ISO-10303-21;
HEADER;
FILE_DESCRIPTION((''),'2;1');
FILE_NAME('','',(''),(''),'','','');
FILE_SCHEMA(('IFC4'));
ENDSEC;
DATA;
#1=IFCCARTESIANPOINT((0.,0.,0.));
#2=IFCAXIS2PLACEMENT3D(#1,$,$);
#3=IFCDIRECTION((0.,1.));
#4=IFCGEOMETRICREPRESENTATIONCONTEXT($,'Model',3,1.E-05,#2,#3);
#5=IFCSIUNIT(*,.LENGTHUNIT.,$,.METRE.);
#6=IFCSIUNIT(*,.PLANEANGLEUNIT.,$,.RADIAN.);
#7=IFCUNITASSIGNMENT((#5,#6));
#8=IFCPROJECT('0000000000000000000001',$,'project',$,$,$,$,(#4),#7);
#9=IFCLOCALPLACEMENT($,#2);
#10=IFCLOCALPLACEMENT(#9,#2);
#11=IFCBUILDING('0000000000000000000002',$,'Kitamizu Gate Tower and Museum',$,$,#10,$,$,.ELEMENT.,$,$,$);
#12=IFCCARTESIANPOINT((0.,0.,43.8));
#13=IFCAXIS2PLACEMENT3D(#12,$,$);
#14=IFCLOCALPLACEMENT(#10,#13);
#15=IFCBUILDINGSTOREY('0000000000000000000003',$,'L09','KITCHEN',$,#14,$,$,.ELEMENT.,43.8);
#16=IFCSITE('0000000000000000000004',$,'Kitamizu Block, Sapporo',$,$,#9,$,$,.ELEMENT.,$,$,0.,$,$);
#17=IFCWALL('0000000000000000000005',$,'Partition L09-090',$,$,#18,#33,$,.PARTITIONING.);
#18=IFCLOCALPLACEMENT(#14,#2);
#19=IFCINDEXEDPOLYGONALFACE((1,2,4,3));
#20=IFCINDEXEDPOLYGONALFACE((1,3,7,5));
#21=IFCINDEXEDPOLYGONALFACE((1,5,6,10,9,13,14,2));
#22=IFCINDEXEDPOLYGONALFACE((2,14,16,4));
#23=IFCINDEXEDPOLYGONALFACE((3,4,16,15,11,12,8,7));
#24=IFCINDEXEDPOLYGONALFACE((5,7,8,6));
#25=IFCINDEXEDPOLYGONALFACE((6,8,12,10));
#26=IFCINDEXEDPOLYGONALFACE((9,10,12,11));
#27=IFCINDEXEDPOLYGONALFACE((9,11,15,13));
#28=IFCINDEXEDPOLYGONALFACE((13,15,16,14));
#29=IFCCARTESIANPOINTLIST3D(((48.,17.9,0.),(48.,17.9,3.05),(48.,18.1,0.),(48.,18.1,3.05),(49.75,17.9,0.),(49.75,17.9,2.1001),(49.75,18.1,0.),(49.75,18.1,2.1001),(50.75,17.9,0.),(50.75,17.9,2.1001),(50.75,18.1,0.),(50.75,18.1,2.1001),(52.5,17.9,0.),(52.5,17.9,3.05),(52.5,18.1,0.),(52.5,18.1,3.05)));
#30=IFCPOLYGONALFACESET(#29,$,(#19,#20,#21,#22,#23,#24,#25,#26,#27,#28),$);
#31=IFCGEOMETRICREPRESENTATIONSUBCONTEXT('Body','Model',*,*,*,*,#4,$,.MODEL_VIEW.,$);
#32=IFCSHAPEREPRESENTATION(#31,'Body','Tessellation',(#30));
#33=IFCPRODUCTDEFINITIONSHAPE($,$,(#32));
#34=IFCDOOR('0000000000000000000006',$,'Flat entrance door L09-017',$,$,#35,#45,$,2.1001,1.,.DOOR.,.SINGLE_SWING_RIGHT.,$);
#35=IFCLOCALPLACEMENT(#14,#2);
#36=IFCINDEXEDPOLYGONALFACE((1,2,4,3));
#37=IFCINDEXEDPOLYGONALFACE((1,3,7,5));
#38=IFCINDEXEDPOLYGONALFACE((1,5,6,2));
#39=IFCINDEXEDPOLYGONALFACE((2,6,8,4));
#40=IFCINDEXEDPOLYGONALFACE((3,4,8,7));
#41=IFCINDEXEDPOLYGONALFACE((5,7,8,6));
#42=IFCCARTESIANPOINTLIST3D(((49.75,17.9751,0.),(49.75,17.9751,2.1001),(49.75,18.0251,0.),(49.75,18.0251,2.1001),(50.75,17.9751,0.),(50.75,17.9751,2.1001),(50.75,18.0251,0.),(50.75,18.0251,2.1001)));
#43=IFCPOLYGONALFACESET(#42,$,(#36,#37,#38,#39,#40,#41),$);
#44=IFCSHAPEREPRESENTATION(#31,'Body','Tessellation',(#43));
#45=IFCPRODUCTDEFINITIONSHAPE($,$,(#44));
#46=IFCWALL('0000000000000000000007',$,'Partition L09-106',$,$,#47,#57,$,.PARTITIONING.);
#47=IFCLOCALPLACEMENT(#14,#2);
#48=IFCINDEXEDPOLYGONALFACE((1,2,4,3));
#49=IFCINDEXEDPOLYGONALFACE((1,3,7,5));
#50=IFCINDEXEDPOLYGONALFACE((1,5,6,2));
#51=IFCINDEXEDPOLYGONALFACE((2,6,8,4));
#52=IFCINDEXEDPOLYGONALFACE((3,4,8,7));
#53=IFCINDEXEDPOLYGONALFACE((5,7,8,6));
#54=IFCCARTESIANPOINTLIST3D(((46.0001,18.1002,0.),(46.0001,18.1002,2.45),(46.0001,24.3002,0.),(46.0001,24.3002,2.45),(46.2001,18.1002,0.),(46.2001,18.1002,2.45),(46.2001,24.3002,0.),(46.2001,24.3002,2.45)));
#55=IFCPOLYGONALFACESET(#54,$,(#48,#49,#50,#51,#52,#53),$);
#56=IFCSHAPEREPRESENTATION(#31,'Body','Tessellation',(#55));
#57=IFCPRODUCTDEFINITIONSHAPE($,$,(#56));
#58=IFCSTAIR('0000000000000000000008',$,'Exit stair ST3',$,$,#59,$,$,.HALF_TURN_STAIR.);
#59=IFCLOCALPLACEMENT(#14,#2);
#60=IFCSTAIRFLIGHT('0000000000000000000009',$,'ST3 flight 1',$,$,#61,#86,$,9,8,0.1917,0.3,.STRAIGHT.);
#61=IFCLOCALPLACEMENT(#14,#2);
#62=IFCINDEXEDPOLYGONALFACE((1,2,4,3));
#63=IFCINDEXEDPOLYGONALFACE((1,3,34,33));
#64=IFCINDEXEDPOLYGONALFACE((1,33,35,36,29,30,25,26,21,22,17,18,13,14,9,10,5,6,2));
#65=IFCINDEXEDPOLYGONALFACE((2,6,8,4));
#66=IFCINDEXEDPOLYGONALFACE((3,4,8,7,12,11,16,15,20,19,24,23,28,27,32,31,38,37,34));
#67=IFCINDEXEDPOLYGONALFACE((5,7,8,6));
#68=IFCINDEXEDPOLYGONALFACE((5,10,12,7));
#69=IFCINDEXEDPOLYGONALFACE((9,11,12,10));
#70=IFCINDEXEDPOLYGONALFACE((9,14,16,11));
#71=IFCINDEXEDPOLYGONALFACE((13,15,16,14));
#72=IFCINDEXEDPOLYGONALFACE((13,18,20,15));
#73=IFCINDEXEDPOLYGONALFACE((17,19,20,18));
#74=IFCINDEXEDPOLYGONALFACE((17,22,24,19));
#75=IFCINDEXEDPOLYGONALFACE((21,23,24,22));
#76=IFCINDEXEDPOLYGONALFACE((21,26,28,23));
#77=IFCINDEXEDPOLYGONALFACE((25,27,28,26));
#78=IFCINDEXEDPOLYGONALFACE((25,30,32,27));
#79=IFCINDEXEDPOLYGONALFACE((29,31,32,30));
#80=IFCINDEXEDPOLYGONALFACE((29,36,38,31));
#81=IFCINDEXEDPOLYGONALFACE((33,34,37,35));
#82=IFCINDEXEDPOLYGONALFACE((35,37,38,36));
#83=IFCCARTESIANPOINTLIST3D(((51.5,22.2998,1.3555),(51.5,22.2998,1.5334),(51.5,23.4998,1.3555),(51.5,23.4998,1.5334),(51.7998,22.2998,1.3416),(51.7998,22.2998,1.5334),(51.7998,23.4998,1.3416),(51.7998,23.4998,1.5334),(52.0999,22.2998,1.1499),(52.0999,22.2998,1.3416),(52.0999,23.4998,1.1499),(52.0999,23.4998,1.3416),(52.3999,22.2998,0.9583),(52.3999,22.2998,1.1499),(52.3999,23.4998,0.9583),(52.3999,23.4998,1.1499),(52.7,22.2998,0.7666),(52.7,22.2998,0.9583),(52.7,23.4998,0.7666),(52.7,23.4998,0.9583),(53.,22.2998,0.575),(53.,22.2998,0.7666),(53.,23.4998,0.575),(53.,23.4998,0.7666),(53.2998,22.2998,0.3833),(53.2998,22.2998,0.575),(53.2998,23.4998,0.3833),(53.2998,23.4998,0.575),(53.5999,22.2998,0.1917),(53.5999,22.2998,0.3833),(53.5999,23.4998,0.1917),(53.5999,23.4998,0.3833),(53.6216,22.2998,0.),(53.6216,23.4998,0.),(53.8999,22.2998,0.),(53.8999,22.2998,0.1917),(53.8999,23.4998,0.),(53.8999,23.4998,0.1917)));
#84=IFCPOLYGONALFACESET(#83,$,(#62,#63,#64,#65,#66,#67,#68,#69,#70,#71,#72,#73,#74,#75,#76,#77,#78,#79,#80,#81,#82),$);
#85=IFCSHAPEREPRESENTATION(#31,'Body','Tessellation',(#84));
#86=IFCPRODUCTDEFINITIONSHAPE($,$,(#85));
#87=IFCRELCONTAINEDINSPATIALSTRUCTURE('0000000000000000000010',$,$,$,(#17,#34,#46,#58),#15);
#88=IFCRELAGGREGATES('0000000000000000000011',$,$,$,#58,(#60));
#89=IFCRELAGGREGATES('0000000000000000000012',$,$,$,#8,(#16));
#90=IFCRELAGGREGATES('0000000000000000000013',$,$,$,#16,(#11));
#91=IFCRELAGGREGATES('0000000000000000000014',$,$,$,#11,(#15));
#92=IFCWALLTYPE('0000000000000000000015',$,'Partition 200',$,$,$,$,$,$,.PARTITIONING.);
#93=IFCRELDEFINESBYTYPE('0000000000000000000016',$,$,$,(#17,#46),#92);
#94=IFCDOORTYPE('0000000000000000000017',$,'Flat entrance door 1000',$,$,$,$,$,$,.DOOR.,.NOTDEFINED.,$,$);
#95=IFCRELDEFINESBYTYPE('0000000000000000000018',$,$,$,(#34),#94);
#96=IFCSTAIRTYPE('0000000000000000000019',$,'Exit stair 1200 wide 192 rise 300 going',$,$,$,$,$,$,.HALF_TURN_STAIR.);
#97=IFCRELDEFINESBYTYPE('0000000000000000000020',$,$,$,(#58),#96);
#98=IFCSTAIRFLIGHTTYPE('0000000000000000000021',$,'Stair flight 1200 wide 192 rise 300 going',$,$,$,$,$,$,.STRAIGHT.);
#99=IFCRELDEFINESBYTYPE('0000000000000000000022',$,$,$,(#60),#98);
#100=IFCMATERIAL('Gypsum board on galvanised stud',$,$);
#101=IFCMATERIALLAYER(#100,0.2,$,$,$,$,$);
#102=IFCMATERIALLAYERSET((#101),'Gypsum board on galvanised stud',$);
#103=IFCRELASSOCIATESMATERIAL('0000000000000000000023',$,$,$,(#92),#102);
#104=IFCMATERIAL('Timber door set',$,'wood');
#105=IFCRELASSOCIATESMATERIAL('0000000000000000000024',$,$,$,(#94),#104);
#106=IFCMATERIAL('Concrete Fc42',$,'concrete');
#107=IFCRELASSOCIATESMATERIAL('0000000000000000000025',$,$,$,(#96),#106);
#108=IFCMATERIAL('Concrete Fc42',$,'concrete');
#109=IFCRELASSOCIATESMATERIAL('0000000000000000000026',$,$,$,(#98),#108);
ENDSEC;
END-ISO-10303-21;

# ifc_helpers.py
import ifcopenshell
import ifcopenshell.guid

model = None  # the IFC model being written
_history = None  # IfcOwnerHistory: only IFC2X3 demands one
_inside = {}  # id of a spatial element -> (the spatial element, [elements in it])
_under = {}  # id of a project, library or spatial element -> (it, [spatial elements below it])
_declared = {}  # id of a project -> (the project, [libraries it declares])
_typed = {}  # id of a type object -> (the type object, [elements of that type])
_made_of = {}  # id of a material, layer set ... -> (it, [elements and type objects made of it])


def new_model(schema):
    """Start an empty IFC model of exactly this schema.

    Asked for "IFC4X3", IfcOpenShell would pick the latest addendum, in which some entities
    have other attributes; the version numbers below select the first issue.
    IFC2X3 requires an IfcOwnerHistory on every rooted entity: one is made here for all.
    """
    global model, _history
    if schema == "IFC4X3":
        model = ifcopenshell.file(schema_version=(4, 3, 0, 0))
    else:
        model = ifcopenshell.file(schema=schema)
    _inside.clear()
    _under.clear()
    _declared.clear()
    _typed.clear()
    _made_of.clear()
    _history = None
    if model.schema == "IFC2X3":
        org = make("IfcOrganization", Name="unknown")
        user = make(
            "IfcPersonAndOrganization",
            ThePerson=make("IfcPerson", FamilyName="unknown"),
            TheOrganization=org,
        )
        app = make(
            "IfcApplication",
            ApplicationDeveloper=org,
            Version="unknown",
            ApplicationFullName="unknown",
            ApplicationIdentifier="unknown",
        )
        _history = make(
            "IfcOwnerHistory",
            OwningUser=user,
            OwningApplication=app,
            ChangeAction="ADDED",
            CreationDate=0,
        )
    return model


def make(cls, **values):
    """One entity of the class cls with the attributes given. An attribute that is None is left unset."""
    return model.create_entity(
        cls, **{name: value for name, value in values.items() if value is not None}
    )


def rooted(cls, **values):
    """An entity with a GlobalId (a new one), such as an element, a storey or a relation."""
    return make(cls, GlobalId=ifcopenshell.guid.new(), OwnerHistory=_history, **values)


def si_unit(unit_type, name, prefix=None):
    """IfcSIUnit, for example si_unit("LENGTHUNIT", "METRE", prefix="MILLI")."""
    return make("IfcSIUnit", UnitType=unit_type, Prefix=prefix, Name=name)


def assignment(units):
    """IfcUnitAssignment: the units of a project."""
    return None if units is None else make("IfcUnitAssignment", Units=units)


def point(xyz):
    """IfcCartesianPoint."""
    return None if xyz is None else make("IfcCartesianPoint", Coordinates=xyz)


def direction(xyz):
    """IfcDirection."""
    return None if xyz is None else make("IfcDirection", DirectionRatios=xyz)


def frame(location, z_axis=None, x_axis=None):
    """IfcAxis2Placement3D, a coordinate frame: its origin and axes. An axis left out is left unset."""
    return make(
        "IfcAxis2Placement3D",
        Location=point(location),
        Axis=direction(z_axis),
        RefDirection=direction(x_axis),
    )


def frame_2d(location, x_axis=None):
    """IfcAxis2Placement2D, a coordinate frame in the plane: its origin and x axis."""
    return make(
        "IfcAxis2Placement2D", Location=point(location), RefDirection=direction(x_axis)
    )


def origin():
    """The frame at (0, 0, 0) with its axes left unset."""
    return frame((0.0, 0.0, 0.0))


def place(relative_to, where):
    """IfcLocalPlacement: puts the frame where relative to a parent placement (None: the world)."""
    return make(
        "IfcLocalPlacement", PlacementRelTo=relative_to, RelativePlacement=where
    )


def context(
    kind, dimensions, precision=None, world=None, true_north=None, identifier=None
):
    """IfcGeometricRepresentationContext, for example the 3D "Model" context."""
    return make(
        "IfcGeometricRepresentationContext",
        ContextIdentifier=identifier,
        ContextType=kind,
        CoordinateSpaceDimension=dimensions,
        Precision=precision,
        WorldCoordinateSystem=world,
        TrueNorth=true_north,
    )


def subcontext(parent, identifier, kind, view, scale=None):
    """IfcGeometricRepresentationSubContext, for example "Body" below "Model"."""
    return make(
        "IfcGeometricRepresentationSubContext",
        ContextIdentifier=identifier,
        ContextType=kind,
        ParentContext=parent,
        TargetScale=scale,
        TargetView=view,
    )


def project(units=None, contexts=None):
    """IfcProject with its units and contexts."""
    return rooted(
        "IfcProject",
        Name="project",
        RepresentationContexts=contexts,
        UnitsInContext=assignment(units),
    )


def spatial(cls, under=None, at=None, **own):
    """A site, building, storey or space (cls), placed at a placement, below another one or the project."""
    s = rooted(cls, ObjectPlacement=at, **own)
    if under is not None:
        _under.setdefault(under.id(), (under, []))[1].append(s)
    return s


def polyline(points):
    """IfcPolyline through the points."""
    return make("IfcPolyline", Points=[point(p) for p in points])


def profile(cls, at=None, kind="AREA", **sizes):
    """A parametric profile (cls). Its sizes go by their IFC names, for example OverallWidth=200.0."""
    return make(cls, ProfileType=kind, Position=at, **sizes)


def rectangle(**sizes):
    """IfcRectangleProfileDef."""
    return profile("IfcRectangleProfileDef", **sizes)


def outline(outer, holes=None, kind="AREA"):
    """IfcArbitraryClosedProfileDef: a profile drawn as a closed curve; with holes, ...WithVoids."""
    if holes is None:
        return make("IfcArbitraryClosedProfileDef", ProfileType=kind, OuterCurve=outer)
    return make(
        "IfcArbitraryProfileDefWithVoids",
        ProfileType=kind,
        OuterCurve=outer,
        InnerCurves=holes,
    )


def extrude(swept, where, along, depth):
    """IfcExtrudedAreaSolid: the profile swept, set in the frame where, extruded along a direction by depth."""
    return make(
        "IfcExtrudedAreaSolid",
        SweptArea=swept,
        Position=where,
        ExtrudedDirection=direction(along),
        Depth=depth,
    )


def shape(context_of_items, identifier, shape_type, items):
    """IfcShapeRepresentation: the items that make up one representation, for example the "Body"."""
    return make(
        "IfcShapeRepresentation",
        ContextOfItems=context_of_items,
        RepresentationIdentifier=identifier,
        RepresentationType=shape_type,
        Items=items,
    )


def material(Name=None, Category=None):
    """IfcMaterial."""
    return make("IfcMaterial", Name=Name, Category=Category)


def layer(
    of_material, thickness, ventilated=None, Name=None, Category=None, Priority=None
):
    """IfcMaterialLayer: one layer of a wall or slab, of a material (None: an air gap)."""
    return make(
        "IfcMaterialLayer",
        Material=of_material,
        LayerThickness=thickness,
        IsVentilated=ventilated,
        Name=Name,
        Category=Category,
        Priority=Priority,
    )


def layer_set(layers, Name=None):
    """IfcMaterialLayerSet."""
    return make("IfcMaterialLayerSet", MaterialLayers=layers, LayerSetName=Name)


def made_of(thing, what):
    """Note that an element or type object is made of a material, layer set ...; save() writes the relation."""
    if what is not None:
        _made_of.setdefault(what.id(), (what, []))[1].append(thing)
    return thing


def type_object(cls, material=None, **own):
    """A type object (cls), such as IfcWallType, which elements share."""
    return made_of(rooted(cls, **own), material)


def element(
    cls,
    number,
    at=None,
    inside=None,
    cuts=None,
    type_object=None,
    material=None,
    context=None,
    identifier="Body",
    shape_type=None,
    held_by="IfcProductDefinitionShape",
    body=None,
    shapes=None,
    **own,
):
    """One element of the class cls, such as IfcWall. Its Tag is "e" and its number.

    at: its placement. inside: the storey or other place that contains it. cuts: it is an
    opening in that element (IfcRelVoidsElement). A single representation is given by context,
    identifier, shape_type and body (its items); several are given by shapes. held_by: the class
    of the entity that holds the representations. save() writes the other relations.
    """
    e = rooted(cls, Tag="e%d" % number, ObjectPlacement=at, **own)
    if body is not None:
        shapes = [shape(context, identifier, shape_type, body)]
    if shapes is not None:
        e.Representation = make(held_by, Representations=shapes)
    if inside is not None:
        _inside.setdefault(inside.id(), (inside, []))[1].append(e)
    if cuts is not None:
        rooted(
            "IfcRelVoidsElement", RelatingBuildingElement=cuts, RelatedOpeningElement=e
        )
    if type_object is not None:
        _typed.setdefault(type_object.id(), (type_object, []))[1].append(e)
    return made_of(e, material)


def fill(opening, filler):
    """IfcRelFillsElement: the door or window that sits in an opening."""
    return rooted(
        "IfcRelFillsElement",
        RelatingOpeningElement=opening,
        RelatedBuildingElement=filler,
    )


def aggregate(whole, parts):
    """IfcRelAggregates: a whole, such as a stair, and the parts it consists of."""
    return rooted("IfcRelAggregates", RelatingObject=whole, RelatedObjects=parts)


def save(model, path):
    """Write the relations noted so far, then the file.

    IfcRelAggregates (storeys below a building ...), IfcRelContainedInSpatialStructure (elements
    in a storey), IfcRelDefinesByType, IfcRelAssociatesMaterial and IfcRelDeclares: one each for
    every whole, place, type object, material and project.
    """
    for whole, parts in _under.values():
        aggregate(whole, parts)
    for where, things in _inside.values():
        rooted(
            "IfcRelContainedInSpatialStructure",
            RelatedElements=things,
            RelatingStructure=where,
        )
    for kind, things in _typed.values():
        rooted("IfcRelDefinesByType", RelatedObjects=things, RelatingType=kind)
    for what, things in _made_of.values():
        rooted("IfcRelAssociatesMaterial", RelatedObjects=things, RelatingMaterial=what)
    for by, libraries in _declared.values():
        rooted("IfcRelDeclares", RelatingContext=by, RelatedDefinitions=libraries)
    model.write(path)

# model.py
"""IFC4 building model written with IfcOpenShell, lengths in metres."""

from ifc_helpers import new_model, si_unit, direction, frame, frame_2d, origin, place, context, subcontext, project, spatial, polyline, rectangle, outline, extrude, material, layer, layer_set, type_object, element, fill, aggregate, save


model = new_model("IFC4")

# Units and contexts
model_context = context("Model", 3, precision=1e-05, world=origin(), true_north=direction((0.0, 1.0)))
body_context = subcontext(model_context, "Body", "Model", "MODEL_VIEW")
ifc_project = project(units=[si_unit("LENGTHUNIT", "METRE"), si_unit("PLANEANGLEUNIT", "RADIAN")], contexts=[model_context])

# Site, building, storey
site_placement = place(None, origin())
site = spatial("IfcSite", under=ifc_project, at=site_placement, Name="Kitamizu Block, Sapporo", CompositionType="ELEMENT", RefElevation=0.0)
building_placement = place(site_placement, origin())
building = spatial("IfcBuilding", under=site, at=building_placement, Name="Kitamizu Gate Tower and Museum", CompositionType="ELEMENT")
storey_placement = place(building_placement, frame((0.0, 0.0, 43.8)))
storey = spatial("IfcBuildingStorey", under=building, at=storey_placement, Name="L09", Description="KITCHEN", CompositionType="ELEMENT", Elevation=43.8)

# Shared definitions
ifc_material_1 = material(Name="Gypsum board on galvanised stud")
ifc_layer_1 = layer(ifc_material_1, 0.2)
ifc_layer_set_1 = layer_set([ifc_layer_1], Name="Gypsum board on galvanised stud")
wall_type_1 = type_object("IfcWallType", Name="Partition 200", PredefinedType="PARTITIONING", material=ifc_layer_set_1)

# Wall, opening, door
wall_1_placement = place(storey_placement, frame((52.5, 18.0, 0.0), z_axis=(0.0, 0.0, 1.0), x_axis=(-1.0, 0.0, 0.0)))
wall_1 = element("IfcWall", 1, at=wall_1_placement, inside=storey, type_object=wall_type_1, Name="Partition L09-090", PredefinedType="PARTITIONING", context=body_context, shape_type="SweptSolid", body=[
    extrude(rectangle(XDim=4.5, YDim=0.2, at=frame_2d((2.25, 0.0))), origin(), (0.0, 0.0, 1.0), 3.05),
])
opening_1_placement = place(wall_1_placement, frame((1.75, 0.0, 0.0)))
opening_1 = element("IfcOpeningElement", 2, at=opening_1_placement, cuts=wall_1, PredefinedType="OPENING", context=body_context, shape_type="SweptSolid", body=[
    extrude(rectangle(XDim=1.0, YDim=2.1001, at=frame_2d((0.5, 1.05))), frame((0.0, 0.1099, 0.0), z_axis=(0.0, -1.0, 0.0), x_axis=(1.0, 0.0, 0.0)), (0.0, 0.0, 1.0), 0.22),
])
ifc_material_2 = material(Name="Timber door set", Category="wood")
door_type_1 = type_object("IfcDoorType", Name="Flat entrance door 1000", OperationType="NOTDEFINED", PredefinedType="DOOR", material=ifc_material_2)
door_1_placement = place(opening_1_placement, origin())
door_1 = element("IfcDoor", 3, at=door_1_placement, inside=storey, type_object=door_type_1, Name="Flat entrance door L09-017", OperationType="SINGLE_SWING_RIGHT", OverallHeight=2.1001, OverallWidth=1.0, PredefinedType="DOOR", context=body_context, shape_type="SweptSolid", body=[
    extrude(rectangle(XDim=1.0, YDim=2.1001, at=frame_2d((0.5, 1.05))), frame((0.0, 0.0249, 0.0), z_axis=(0.0, -1.0, 0.0), x_axis=(1.0, 0.0, 0.0)), (0.0, 0.0, 1.0), 0.05),
])
fill(opening_1, door_1)

# Wall
wall_2_placement = place(storey_placement, frame((46.1001, 18.1001, 0.0), z_axis=(0.0, 0.0, 1.0), x_axis=(0.0, 1.0, 0.0)))
element("IfcWall", 4, at=wall_2_placement, inside=storey, type_object=wall_type_1, Name="Partition L09-106", PredefinedType="PARTITIONING", context=body_context, shape_type="SweptSolid", body=[
    extrude(rectangle(XDim=6.2, YDim=0.2, at=frame_2d((3.1001, 0.0))), origin(), (0.0, 0.0, 1.0), 2.45),
])

# Stair, stair flight
ifc_material_3 = material(Name="Concrete Fc42", Category="concrete")
stair_type = type_object("IfcStairType", Name="Exit stair 1200 wide 192 rise 300 going", PredefinedType="HALF_TURN_STAIR", material=ifc_material_3)
stair_placement = place(storey_placement, origin())
stair = element("IfcStair", 5, at=stair_placement, inside=storey, type_object=stair_type, Name="Exit stair ST3", PredefinedType="HALF_TURN_STAIR")
ifc_material_4 = material(Name="Concrete Fc42", Category="concrete")
stair_flight_type = type_object("IfcStairFlightType", Name="Stair flight 1200 wide 192 rise 300 going", PredefinedType="STRAIGHT", material=ifc_material_4)
stair_flight_placement = place(storey_placement, frame((53.8999, 22.8999, 0.0), z_axis=(0.0, 0.0, 1.0), x_axis=(-1.0, 0.0, 0.0)))
stair_flight = element("IfcStairFlight", 6, at=stair_flight_placement, type_object=stair_flight_type, Name="ST3 flight 1", NumberOfRisers=9, NumberOfTreads=8, PredefinedType="STRAIGHT", RiserHeight=0.1917, TreadLength=0.3, context=body_context, shape_type="SweptSolid", body=[
    extrude(outline(polyline([(0.0, 0.0), (0.0, 0.1917), (0.3, 0.1917), (0.3, 0.3833), (0.6001, 0.3833), (0.6001, 0.575), (0.8999, 0.575), (0.8999, 0.7666), (1.2, 0.7666), (1.2, 0.9583), (1.5, 0.9583), (1.5, 1.1499), (1.8, 1.1499), (1.8, 1.3416), (2.1001, 1.3416), (2.1001, 1.5334), (2.3999, 1.5334), (2.3999, 1.7251), (2.3999, 1.3555), (0.2783, 0.0), (0.0, 0.0)])), frame((0.0, 0.6001, 0.0), z_axis=(0.0, -1.0, 0.0), x_axis=(1.0, 0.0, 0.0)), (0.0, 0.0, 1.0), 1.2),
])
aggregate(stair, [stair_flight])

save(model, "model.ifc")
